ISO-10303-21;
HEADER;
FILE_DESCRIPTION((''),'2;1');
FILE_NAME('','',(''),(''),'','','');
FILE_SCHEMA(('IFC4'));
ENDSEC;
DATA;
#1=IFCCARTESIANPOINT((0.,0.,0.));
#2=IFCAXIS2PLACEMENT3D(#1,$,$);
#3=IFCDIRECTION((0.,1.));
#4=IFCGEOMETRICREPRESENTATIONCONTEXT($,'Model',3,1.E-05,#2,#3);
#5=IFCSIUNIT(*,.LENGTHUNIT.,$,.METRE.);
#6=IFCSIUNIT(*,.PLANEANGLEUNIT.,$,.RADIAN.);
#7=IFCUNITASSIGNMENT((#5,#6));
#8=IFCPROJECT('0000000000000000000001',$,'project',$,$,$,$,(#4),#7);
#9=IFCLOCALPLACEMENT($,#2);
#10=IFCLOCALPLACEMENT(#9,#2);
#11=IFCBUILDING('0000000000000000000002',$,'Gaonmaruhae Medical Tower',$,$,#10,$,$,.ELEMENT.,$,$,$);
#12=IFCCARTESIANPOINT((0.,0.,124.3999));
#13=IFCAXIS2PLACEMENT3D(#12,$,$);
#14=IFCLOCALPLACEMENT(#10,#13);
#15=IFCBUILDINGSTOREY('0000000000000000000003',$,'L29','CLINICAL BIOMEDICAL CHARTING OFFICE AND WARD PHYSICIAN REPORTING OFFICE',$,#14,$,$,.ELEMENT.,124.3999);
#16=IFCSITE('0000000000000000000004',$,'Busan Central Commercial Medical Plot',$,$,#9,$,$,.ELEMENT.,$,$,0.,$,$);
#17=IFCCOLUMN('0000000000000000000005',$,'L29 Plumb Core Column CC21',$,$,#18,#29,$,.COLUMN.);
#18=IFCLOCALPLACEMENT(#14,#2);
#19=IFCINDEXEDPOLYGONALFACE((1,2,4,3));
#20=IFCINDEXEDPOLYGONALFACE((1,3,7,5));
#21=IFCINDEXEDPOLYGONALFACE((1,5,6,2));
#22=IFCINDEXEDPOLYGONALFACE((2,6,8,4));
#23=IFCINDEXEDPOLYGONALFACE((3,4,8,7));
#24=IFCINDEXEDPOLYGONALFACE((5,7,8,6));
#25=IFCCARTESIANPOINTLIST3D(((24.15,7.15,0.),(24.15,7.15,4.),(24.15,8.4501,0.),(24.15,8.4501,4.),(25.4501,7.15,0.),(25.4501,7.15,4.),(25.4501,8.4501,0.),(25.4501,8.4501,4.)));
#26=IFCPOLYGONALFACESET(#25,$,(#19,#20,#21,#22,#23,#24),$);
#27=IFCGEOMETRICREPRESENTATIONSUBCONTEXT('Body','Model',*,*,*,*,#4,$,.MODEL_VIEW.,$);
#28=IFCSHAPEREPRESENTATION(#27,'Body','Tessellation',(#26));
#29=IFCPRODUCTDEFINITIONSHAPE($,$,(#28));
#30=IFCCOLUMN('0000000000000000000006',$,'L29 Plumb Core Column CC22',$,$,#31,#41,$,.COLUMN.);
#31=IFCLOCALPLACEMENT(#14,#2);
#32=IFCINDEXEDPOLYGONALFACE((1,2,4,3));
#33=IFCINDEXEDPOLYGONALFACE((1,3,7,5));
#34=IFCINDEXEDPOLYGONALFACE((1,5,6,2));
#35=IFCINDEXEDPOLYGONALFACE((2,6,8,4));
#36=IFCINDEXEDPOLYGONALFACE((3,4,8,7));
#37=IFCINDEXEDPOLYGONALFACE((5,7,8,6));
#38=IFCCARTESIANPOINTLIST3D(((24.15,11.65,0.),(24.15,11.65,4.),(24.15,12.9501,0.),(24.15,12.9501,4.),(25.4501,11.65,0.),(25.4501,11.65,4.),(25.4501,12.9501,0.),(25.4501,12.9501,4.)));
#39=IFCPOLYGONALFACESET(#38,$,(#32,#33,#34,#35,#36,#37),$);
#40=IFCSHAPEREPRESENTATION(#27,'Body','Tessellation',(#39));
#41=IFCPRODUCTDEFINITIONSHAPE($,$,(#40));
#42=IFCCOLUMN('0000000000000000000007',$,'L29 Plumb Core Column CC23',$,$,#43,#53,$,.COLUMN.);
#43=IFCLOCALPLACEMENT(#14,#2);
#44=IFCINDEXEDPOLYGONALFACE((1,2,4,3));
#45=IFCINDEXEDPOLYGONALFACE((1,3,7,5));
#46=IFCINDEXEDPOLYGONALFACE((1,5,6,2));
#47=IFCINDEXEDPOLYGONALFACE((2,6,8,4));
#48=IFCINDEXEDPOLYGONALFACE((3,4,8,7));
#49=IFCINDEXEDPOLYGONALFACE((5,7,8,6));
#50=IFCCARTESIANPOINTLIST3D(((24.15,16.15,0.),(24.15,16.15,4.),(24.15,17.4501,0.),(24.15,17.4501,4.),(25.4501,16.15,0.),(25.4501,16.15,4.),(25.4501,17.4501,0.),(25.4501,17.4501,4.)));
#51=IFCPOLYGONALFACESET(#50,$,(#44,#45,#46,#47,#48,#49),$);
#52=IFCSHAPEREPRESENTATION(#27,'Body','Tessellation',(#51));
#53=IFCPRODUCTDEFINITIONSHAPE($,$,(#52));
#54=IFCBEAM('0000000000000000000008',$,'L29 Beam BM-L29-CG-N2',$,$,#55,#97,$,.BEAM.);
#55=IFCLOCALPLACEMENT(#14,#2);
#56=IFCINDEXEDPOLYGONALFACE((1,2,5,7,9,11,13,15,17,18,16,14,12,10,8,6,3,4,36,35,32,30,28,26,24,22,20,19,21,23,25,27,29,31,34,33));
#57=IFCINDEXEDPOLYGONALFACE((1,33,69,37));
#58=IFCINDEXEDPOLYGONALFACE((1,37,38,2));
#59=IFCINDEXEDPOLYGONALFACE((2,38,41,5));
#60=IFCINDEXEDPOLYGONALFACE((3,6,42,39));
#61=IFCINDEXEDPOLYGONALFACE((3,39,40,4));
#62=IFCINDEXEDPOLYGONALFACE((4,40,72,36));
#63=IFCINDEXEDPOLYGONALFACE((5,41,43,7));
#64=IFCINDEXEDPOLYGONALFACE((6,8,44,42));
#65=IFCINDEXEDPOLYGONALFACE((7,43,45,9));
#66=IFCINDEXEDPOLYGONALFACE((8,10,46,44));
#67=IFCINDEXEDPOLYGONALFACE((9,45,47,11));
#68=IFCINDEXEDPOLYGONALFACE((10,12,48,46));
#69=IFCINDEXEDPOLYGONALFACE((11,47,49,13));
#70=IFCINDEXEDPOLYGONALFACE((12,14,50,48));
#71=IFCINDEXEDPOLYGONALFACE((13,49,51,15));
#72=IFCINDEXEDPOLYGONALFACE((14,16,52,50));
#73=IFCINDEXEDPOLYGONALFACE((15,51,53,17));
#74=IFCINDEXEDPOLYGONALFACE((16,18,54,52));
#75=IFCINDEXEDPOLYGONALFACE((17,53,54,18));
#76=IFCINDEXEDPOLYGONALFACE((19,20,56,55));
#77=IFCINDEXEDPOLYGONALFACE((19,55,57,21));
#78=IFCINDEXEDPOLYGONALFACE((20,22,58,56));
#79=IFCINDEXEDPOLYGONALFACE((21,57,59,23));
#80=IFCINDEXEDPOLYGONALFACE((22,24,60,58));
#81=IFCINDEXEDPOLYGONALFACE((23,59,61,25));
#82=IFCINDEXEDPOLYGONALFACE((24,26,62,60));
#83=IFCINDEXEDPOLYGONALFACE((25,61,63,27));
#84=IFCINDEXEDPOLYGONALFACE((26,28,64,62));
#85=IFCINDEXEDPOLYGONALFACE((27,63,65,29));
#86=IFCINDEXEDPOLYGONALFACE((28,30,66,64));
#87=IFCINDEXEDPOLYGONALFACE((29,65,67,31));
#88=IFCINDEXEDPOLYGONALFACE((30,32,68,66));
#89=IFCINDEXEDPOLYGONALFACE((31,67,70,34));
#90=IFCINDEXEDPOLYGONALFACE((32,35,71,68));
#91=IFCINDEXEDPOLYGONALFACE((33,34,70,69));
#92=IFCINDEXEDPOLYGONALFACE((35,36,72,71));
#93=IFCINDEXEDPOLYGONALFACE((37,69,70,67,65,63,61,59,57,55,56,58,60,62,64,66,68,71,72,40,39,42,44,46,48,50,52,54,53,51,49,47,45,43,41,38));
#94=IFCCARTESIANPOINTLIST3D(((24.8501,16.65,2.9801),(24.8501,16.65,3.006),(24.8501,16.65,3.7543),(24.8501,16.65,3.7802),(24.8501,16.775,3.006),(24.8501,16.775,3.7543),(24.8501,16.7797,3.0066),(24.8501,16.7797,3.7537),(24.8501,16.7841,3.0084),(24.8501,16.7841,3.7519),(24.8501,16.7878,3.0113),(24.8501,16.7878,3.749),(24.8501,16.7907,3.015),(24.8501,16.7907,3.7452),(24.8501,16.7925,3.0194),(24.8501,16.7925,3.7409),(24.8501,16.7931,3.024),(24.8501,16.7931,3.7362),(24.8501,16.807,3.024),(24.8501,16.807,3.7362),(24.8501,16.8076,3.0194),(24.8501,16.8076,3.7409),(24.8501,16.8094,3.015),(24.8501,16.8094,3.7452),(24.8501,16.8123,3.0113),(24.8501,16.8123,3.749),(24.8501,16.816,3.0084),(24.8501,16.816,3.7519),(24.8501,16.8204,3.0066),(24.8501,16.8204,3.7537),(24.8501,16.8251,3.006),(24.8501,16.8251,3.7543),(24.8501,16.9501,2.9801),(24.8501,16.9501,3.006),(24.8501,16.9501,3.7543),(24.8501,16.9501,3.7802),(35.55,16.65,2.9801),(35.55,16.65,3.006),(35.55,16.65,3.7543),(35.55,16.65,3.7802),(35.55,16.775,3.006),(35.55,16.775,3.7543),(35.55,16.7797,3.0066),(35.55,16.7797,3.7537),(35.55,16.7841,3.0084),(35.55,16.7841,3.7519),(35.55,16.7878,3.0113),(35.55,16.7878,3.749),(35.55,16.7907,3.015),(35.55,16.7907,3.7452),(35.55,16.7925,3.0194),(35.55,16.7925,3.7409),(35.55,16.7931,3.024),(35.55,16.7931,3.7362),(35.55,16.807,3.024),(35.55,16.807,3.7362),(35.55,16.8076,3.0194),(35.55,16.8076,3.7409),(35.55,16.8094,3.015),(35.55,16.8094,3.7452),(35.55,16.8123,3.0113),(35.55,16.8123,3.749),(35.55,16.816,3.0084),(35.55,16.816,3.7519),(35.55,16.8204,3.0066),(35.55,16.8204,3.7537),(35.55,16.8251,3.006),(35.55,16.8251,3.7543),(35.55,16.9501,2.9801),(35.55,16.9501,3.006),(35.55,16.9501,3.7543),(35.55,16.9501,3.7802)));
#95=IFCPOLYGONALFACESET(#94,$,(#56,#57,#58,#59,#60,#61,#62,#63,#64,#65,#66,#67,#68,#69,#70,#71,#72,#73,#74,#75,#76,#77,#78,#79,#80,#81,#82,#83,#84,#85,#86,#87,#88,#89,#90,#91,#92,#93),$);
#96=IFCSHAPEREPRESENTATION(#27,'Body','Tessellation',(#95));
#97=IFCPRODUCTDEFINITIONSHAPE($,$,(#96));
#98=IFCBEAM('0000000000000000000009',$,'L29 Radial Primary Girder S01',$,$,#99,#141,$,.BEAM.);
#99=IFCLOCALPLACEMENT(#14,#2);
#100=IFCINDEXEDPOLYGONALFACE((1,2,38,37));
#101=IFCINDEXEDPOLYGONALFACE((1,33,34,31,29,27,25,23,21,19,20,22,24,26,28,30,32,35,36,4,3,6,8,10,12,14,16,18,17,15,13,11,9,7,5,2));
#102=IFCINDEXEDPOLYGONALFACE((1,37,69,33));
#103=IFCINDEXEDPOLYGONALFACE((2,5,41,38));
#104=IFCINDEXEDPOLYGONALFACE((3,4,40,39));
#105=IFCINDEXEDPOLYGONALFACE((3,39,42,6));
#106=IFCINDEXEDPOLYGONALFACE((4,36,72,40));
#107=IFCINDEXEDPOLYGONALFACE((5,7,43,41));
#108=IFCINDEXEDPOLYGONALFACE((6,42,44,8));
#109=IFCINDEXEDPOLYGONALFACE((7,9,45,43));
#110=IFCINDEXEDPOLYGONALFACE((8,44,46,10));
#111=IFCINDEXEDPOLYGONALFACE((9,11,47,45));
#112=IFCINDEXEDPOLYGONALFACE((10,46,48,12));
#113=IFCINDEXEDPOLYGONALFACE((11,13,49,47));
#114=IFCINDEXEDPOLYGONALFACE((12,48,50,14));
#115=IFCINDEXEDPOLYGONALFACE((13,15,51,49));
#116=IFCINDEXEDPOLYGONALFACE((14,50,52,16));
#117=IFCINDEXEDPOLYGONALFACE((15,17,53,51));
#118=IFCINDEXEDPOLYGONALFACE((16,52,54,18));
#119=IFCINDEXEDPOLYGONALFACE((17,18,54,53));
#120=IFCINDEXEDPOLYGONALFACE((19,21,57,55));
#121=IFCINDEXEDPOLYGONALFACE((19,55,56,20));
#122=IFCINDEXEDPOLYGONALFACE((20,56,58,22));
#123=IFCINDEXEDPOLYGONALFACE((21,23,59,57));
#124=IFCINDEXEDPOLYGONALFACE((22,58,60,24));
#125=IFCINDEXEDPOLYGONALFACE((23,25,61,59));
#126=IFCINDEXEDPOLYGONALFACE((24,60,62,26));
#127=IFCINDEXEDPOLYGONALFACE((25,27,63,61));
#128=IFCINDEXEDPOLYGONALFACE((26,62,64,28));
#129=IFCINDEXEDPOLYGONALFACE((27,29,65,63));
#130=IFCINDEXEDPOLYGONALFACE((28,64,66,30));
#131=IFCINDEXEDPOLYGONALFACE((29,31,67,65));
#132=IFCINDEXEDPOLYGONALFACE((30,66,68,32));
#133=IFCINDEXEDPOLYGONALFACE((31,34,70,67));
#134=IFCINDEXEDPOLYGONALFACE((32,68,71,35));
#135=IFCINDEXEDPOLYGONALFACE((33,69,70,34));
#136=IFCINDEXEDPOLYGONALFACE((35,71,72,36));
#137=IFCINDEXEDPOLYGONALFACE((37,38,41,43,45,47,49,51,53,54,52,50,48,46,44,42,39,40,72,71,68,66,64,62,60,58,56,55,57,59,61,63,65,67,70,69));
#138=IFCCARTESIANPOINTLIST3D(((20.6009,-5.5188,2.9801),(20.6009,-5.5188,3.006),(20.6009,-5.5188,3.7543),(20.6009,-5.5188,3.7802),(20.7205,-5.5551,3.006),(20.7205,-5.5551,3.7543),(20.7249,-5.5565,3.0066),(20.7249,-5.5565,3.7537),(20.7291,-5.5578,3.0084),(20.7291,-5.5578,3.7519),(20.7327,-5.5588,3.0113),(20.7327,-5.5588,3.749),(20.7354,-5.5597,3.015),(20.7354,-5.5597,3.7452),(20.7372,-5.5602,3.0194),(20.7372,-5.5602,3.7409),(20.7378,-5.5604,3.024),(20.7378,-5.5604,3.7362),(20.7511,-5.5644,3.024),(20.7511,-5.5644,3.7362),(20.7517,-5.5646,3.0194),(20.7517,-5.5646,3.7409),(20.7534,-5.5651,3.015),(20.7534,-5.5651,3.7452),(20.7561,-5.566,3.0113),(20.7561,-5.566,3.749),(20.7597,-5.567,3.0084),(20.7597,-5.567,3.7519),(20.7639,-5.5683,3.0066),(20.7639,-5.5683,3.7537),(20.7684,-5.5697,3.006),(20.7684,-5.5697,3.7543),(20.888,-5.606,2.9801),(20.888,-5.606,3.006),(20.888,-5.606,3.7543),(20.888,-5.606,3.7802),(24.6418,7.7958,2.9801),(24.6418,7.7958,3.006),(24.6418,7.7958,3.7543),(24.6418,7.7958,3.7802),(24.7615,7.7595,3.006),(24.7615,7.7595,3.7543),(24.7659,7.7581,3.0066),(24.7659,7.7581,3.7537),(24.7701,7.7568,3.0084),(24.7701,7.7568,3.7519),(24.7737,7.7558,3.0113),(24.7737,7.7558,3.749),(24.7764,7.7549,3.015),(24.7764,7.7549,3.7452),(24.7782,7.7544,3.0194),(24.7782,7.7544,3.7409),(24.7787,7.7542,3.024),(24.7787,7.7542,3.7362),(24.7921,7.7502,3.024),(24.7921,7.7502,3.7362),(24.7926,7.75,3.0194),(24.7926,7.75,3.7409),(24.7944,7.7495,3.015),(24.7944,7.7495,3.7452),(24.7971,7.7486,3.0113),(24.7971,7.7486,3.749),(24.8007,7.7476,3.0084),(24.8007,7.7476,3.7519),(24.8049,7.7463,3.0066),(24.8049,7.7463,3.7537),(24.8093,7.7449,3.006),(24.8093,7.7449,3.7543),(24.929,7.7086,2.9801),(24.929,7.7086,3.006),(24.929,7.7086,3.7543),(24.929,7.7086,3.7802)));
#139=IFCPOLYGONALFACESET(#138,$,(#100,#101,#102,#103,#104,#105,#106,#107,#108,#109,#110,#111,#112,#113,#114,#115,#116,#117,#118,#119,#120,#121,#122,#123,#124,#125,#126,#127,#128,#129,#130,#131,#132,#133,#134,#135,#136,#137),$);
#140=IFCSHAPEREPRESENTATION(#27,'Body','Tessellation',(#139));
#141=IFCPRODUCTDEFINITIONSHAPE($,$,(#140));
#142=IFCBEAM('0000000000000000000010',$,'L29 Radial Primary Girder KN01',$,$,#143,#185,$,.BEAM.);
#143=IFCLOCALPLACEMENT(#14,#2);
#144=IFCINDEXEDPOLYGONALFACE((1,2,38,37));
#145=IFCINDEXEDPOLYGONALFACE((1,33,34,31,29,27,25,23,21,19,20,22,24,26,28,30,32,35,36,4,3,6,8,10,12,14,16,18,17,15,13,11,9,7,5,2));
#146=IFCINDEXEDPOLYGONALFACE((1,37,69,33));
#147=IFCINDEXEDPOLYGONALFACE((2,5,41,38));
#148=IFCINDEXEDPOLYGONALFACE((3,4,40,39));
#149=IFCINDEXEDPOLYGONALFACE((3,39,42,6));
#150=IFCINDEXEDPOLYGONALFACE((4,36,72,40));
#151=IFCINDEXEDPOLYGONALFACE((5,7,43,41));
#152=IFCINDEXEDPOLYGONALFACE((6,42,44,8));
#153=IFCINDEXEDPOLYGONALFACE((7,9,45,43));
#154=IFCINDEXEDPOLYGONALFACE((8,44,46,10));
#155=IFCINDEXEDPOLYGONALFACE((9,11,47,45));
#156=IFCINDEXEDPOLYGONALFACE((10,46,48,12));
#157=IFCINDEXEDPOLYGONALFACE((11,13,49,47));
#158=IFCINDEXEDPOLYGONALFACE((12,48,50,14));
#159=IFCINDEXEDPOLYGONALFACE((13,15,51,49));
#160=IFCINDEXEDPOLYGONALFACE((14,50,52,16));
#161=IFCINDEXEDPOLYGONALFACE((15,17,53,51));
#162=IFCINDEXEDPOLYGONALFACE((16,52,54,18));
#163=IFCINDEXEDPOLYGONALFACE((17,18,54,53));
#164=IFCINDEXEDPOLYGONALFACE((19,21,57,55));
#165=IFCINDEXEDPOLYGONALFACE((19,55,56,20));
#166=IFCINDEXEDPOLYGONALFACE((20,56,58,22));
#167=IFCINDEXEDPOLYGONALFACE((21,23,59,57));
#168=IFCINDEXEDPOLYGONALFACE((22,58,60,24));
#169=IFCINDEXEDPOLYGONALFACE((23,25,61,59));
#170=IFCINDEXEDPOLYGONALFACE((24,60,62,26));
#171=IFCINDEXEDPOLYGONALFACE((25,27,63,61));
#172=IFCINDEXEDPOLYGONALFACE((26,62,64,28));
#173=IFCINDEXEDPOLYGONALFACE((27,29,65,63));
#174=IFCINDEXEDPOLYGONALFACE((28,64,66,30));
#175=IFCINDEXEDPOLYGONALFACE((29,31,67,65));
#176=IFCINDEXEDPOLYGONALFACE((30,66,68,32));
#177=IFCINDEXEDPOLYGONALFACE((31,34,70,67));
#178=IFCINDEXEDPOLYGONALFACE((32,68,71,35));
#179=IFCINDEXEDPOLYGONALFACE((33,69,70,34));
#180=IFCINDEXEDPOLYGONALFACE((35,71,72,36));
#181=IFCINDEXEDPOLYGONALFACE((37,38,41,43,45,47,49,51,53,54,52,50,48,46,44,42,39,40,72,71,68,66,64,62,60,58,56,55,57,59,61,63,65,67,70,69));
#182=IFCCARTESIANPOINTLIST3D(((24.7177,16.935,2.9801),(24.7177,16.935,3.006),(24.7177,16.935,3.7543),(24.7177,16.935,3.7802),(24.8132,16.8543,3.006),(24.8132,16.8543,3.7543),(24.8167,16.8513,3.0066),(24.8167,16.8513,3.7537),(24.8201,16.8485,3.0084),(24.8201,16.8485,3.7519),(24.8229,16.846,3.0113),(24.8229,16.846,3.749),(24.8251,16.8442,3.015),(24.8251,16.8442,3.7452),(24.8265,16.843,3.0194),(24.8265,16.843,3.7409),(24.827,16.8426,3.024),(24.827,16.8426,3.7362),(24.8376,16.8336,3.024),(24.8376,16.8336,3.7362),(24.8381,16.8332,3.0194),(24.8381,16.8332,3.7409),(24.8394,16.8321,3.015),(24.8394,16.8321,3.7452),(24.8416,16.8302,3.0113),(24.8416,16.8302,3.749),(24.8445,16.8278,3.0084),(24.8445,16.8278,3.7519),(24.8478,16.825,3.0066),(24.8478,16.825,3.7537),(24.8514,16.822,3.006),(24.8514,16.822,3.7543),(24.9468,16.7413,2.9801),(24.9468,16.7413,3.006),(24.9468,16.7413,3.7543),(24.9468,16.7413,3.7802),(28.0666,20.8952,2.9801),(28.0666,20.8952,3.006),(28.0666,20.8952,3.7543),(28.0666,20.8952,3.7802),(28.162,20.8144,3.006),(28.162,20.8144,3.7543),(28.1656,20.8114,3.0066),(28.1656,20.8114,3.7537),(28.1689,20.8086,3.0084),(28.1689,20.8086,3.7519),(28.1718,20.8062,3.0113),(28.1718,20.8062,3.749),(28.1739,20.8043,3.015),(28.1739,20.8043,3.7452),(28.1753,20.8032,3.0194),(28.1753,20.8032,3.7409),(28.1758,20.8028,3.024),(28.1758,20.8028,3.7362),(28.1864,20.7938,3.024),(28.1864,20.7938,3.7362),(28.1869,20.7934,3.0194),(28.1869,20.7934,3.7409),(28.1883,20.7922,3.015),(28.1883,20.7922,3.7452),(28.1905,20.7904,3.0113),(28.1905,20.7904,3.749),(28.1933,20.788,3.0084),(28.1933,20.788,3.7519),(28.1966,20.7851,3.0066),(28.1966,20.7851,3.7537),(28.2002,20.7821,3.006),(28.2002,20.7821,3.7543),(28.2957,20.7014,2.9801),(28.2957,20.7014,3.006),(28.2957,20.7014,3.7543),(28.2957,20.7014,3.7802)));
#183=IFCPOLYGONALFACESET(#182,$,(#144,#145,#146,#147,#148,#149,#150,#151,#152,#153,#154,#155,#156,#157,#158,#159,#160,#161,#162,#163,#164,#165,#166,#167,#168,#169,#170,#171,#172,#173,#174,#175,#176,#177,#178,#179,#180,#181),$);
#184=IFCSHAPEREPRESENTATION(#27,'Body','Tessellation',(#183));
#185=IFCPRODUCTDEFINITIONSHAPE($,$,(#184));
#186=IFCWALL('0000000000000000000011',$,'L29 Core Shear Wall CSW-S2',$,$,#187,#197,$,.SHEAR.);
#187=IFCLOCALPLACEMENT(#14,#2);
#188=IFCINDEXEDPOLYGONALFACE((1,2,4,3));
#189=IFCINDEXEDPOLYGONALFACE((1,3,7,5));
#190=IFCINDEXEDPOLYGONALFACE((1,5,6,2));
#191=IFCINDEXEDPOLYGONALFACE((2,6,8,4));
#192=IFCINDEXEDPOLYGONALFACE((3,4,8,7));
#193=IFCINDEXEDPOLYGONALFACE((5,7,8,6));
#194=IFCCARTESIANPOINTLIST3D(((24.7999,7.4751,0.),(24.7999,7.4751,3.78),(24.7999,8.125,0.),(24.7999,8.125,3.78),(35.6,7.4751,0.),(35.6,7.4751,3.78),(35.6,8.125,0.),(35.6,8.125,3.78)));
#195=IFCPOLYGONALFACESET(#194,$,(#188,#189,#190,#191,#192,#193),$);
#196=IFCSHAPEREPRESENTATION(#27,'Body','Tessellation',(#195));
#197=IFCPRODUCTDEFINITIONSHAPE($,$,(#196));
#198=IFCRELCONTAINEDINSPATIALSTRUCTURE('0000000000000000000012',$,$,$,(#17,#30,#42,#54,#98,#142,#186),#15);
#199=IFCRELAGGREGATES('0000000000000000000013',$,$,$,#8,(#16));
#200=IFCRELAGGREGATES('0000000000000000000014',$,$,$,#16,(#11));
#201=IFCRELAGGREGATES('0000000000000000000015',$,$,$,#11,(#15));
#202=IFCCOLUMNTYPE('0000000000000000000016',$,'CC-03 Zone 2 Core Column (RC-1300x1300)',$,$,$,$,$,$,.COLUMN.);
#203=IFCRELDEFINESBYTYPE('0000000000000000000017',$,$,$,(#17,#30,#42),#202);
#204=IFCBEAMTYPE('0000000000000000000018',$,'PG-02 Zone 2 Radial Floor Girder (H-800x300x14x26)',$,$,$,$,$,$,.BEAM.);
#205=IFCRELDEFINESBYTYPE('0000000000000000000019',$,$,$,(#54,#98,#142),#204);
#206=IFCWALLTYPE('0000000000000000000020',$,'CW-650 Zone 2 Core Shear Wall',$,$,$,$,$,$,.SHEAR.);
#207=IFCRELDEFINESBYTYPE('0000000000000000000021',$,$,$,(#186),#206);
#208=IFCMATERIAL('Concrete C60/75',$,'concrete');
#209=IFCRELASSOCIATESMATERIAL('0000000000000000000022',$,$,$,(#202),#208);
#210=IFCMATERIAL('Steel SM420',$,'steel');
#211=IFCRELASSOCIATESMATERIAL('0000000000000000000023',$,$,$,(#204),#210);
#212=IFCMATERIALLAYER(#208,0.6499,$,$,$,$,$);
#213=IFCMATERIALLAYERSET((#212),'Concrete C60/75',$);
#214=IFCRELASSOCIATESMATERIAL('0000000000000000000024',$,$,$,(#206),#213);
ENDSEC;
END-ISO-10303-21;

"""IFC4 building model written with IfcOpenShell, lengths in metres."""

from ifc_helpers import new_model, si_unit, direction, frame, frame_2d, origin, origin_2d, place, context, subcontext, project, spatial, rectangle, i_section, extrude, material, layer, layer_set, material_profile, profile_set, type_object, element, save


model = new_model("IFC4")

# Units and contexts
model_context = context("Model", 3, precision=1e-05, world=origin(), true_north=direction((0.0, 1.0)))
body_context = subcontext(model_context, "Body", "Model", "MODEL_VIEW")
ifc_project = project(units=[si_unit("LENGTHUNIT", "METRE"), si_unit("PLANEANGLEUNIT", "RADIAN")], contexts=[model_context])

# Site, building, storey
site_placement = place(None, origin())
site = spatial("IfcSite", under=ifc_project, at=site_placement, Name="Busan Central Commercial Medical Plot", CompositionType="ELEMENT", RefElevation=0.0)
building_placement = place(site_placement, origin())
building = spatial("IfcBuilding", under=site, at=building_placement, Name="Gaonmaruhae Medical Tower", CompositionType="ELEMENT")
storey_placement = place(building_placement, frame((0.0, 0.0, 124.3999)))
storey = spatial("IfcBuildingStorey", under=building, at=storey_placement, Name="L29", Description="CLINICAL BIOMEDICAL CHARTING OFFICE AND WARD PHYSICIAN REPORTING OFFICE", CompositionType="ELEMENT", Elevation=124.3999)

# Columns
ifc_material_1 = material(Name="Concrete C60/75", Category="concrete")
ifc_material_profile_1 = material_profile(ifc_material_1, rectangle(XDim=1.3, YDim=1.3, at=origin_2d()), Name="RC-1300x1300")
ifc_profile_set_1 = profile_set([ifc_material_profile_1], Name="Concrete C60/75")
column_type = type_object("IfcColumnType", Name="CC-03 Zone 2 Core Column (RC-1300x1300)", PredefinedType="COLUMN", material=ifc_profile_set_1)
for number, where, z_axis, x_axis, name in (
    (1, (24.8, 7.8, 0.0), (0.0, 0.0, 1.0), (1.0, 0.0, 0.0), "L29 Plumb Core Column CC21"),
    (2, (24.8, 12.3, 0.0), (0.0, 0.0, 1.0), (1.0, 0.0, 0.0), "L29 Plumb Core Column CC22"),
    (3, (24.8, 16.8, 0.0), (0.0, 0.0, 1.0), (1.0, 0.0, 0.0), "L29 Plumb Core Column CC23"),
):
    element("IfcColumn", number, at=place(storey_placement, frame(where, z_axis=z_axis, x_axis=x_axis)), inside=storey, type_object=column_type, Name=name, PredefinedType="COLUMN", context=body_context, shape_type="SweptSolid", body=[
        extrude(rectangle(XDim=1.3, YDim=1.3, at=origin_2d()), origin(), (0.0, 0.0, 1.0), 4.0),
    ])

# Beams
ifc_material_2 = material(Name="Steel SM420", Category="steel")
ifc_material_profile_2 = material_profile(ifc_material_2, i_section(OverallWidth=0.3, OverallDepth=0.8, WebThickness=0.0139, FlangeThickness=0.0259, FilletRadius=0.0181, at=origin_2d()), Name="H-800x300x14x26")
ifc_profile_set_2 = profile_set([ifc_material_profile_2], Name="Steel SM420")
beam_type = type_object("IfcBeamType", Name="PG-02 Zone 2 Radial Floor Girder (H-800x300x14x26)", PredefinedType="BEAM", material=ifc_profile_set_2)
beam_1_placement = place(storey_placement, frame((24.8501, 16.8, 3.3801), z_axis=(1.0, 0.0, 0.0), x_axis=(0.0, 1.0, 0.0)))
element("IfcBeam", 4, at=beam_1_placement, inside=storey, type_object=beam_type, Name="L29 Beam BM-L29-CG-N2", PredefinedType="BEAM", context=body_context, shape_type="SweptSolid", body=[
    extrude(i_section(OverallWidth=0.3, OverallDepth=0.8, WebThickness=0.0139, FlangeThickness=0.0259, FilletRadius=0.0181, at=origin_2d()), origin(), (0.0, 0.0, 1.0), 10.7),
])
beam_2_placement = place(storey_placement, frame((24.7854, 7.7522, 3.3801), z_axis=(-0.290419, -0.956899, 0.0), x_axis=(0.956899, -0.290419, 0.0)))
element("IfcBeam", 5, at=beam_2_placement, inside=storey, type_object=beam_type, Name="L29 Radial Primary Girder S01", PredefinedType="BEAM", context=body_context, shape_type="SweptSolid", body=[
    extrude(i_section(OverallWidth=0.3, OverallDepth=0.8, WebThickness=0.0139, FlangeThickness=0.0259, FilletRadius=0.0181, at=origin_2d()), origin(), (0.0, 0.0, 1.0), 13.9143),
])
beam_3_placement = place(storey_placement, frame((24.8323, 16.8381, 3.3801), z_axis=(0.64571, 0.763583, 0.0), x_axis=(-0.763583, 0.64571, 0.0)))
element("IfcBeam", 6, at=beam_3_placement, inside=storey, type_object=beam_type, Name="L29 Radial Primary Girder KN01", PredefinedType="BEAM", context=body_context, shape_type="SweptSolid", body=[
    extrude(i_section(OverallWidth=0.3, OverallDepth=0.8, WebThickness=0.0139, FlangeThickness=0.0259, FilletRadius=0.0181, at=origin_2d()), origin(), (0.0, 0.0, 1.0), 5.1863),
])

# Wall
ifc_layer_1 = layer(ifc_material_1, 0.6499)
ifc_layer_set_1 = layer_set([ifc_layer_1], Name="Concrete C60/75")
wall_type_1 = type_object("IfcWallType", Name="CW-650 Zone 2 Core Shear Wall", PredefinedType="SHEAR", material=ifc_layer_set_1)
wall_1_placement = place(storey_placement, frame((24.8, 7.8, 0.0), z_axis=(0.0, 0.0, 1.0), x_axis=(1.0, 0.0, 0.0)))
element("IfcWall", 7, at=wall_1_placement, inside=storey, type_object=wall_type_1, Name="L29 Core Shear Wall CSW-S2", PredefinedType="SHEAR", context=body_context, shape_type="SweptSolid", body=[
    extrude(rectangle(XDim=10.8, YDim=0.6499, at=frame_2d((5.3999, 0.0))), origin(), (0.0, 0.0, 1.0), 3.78),
])

save(model, "model.ifc")
